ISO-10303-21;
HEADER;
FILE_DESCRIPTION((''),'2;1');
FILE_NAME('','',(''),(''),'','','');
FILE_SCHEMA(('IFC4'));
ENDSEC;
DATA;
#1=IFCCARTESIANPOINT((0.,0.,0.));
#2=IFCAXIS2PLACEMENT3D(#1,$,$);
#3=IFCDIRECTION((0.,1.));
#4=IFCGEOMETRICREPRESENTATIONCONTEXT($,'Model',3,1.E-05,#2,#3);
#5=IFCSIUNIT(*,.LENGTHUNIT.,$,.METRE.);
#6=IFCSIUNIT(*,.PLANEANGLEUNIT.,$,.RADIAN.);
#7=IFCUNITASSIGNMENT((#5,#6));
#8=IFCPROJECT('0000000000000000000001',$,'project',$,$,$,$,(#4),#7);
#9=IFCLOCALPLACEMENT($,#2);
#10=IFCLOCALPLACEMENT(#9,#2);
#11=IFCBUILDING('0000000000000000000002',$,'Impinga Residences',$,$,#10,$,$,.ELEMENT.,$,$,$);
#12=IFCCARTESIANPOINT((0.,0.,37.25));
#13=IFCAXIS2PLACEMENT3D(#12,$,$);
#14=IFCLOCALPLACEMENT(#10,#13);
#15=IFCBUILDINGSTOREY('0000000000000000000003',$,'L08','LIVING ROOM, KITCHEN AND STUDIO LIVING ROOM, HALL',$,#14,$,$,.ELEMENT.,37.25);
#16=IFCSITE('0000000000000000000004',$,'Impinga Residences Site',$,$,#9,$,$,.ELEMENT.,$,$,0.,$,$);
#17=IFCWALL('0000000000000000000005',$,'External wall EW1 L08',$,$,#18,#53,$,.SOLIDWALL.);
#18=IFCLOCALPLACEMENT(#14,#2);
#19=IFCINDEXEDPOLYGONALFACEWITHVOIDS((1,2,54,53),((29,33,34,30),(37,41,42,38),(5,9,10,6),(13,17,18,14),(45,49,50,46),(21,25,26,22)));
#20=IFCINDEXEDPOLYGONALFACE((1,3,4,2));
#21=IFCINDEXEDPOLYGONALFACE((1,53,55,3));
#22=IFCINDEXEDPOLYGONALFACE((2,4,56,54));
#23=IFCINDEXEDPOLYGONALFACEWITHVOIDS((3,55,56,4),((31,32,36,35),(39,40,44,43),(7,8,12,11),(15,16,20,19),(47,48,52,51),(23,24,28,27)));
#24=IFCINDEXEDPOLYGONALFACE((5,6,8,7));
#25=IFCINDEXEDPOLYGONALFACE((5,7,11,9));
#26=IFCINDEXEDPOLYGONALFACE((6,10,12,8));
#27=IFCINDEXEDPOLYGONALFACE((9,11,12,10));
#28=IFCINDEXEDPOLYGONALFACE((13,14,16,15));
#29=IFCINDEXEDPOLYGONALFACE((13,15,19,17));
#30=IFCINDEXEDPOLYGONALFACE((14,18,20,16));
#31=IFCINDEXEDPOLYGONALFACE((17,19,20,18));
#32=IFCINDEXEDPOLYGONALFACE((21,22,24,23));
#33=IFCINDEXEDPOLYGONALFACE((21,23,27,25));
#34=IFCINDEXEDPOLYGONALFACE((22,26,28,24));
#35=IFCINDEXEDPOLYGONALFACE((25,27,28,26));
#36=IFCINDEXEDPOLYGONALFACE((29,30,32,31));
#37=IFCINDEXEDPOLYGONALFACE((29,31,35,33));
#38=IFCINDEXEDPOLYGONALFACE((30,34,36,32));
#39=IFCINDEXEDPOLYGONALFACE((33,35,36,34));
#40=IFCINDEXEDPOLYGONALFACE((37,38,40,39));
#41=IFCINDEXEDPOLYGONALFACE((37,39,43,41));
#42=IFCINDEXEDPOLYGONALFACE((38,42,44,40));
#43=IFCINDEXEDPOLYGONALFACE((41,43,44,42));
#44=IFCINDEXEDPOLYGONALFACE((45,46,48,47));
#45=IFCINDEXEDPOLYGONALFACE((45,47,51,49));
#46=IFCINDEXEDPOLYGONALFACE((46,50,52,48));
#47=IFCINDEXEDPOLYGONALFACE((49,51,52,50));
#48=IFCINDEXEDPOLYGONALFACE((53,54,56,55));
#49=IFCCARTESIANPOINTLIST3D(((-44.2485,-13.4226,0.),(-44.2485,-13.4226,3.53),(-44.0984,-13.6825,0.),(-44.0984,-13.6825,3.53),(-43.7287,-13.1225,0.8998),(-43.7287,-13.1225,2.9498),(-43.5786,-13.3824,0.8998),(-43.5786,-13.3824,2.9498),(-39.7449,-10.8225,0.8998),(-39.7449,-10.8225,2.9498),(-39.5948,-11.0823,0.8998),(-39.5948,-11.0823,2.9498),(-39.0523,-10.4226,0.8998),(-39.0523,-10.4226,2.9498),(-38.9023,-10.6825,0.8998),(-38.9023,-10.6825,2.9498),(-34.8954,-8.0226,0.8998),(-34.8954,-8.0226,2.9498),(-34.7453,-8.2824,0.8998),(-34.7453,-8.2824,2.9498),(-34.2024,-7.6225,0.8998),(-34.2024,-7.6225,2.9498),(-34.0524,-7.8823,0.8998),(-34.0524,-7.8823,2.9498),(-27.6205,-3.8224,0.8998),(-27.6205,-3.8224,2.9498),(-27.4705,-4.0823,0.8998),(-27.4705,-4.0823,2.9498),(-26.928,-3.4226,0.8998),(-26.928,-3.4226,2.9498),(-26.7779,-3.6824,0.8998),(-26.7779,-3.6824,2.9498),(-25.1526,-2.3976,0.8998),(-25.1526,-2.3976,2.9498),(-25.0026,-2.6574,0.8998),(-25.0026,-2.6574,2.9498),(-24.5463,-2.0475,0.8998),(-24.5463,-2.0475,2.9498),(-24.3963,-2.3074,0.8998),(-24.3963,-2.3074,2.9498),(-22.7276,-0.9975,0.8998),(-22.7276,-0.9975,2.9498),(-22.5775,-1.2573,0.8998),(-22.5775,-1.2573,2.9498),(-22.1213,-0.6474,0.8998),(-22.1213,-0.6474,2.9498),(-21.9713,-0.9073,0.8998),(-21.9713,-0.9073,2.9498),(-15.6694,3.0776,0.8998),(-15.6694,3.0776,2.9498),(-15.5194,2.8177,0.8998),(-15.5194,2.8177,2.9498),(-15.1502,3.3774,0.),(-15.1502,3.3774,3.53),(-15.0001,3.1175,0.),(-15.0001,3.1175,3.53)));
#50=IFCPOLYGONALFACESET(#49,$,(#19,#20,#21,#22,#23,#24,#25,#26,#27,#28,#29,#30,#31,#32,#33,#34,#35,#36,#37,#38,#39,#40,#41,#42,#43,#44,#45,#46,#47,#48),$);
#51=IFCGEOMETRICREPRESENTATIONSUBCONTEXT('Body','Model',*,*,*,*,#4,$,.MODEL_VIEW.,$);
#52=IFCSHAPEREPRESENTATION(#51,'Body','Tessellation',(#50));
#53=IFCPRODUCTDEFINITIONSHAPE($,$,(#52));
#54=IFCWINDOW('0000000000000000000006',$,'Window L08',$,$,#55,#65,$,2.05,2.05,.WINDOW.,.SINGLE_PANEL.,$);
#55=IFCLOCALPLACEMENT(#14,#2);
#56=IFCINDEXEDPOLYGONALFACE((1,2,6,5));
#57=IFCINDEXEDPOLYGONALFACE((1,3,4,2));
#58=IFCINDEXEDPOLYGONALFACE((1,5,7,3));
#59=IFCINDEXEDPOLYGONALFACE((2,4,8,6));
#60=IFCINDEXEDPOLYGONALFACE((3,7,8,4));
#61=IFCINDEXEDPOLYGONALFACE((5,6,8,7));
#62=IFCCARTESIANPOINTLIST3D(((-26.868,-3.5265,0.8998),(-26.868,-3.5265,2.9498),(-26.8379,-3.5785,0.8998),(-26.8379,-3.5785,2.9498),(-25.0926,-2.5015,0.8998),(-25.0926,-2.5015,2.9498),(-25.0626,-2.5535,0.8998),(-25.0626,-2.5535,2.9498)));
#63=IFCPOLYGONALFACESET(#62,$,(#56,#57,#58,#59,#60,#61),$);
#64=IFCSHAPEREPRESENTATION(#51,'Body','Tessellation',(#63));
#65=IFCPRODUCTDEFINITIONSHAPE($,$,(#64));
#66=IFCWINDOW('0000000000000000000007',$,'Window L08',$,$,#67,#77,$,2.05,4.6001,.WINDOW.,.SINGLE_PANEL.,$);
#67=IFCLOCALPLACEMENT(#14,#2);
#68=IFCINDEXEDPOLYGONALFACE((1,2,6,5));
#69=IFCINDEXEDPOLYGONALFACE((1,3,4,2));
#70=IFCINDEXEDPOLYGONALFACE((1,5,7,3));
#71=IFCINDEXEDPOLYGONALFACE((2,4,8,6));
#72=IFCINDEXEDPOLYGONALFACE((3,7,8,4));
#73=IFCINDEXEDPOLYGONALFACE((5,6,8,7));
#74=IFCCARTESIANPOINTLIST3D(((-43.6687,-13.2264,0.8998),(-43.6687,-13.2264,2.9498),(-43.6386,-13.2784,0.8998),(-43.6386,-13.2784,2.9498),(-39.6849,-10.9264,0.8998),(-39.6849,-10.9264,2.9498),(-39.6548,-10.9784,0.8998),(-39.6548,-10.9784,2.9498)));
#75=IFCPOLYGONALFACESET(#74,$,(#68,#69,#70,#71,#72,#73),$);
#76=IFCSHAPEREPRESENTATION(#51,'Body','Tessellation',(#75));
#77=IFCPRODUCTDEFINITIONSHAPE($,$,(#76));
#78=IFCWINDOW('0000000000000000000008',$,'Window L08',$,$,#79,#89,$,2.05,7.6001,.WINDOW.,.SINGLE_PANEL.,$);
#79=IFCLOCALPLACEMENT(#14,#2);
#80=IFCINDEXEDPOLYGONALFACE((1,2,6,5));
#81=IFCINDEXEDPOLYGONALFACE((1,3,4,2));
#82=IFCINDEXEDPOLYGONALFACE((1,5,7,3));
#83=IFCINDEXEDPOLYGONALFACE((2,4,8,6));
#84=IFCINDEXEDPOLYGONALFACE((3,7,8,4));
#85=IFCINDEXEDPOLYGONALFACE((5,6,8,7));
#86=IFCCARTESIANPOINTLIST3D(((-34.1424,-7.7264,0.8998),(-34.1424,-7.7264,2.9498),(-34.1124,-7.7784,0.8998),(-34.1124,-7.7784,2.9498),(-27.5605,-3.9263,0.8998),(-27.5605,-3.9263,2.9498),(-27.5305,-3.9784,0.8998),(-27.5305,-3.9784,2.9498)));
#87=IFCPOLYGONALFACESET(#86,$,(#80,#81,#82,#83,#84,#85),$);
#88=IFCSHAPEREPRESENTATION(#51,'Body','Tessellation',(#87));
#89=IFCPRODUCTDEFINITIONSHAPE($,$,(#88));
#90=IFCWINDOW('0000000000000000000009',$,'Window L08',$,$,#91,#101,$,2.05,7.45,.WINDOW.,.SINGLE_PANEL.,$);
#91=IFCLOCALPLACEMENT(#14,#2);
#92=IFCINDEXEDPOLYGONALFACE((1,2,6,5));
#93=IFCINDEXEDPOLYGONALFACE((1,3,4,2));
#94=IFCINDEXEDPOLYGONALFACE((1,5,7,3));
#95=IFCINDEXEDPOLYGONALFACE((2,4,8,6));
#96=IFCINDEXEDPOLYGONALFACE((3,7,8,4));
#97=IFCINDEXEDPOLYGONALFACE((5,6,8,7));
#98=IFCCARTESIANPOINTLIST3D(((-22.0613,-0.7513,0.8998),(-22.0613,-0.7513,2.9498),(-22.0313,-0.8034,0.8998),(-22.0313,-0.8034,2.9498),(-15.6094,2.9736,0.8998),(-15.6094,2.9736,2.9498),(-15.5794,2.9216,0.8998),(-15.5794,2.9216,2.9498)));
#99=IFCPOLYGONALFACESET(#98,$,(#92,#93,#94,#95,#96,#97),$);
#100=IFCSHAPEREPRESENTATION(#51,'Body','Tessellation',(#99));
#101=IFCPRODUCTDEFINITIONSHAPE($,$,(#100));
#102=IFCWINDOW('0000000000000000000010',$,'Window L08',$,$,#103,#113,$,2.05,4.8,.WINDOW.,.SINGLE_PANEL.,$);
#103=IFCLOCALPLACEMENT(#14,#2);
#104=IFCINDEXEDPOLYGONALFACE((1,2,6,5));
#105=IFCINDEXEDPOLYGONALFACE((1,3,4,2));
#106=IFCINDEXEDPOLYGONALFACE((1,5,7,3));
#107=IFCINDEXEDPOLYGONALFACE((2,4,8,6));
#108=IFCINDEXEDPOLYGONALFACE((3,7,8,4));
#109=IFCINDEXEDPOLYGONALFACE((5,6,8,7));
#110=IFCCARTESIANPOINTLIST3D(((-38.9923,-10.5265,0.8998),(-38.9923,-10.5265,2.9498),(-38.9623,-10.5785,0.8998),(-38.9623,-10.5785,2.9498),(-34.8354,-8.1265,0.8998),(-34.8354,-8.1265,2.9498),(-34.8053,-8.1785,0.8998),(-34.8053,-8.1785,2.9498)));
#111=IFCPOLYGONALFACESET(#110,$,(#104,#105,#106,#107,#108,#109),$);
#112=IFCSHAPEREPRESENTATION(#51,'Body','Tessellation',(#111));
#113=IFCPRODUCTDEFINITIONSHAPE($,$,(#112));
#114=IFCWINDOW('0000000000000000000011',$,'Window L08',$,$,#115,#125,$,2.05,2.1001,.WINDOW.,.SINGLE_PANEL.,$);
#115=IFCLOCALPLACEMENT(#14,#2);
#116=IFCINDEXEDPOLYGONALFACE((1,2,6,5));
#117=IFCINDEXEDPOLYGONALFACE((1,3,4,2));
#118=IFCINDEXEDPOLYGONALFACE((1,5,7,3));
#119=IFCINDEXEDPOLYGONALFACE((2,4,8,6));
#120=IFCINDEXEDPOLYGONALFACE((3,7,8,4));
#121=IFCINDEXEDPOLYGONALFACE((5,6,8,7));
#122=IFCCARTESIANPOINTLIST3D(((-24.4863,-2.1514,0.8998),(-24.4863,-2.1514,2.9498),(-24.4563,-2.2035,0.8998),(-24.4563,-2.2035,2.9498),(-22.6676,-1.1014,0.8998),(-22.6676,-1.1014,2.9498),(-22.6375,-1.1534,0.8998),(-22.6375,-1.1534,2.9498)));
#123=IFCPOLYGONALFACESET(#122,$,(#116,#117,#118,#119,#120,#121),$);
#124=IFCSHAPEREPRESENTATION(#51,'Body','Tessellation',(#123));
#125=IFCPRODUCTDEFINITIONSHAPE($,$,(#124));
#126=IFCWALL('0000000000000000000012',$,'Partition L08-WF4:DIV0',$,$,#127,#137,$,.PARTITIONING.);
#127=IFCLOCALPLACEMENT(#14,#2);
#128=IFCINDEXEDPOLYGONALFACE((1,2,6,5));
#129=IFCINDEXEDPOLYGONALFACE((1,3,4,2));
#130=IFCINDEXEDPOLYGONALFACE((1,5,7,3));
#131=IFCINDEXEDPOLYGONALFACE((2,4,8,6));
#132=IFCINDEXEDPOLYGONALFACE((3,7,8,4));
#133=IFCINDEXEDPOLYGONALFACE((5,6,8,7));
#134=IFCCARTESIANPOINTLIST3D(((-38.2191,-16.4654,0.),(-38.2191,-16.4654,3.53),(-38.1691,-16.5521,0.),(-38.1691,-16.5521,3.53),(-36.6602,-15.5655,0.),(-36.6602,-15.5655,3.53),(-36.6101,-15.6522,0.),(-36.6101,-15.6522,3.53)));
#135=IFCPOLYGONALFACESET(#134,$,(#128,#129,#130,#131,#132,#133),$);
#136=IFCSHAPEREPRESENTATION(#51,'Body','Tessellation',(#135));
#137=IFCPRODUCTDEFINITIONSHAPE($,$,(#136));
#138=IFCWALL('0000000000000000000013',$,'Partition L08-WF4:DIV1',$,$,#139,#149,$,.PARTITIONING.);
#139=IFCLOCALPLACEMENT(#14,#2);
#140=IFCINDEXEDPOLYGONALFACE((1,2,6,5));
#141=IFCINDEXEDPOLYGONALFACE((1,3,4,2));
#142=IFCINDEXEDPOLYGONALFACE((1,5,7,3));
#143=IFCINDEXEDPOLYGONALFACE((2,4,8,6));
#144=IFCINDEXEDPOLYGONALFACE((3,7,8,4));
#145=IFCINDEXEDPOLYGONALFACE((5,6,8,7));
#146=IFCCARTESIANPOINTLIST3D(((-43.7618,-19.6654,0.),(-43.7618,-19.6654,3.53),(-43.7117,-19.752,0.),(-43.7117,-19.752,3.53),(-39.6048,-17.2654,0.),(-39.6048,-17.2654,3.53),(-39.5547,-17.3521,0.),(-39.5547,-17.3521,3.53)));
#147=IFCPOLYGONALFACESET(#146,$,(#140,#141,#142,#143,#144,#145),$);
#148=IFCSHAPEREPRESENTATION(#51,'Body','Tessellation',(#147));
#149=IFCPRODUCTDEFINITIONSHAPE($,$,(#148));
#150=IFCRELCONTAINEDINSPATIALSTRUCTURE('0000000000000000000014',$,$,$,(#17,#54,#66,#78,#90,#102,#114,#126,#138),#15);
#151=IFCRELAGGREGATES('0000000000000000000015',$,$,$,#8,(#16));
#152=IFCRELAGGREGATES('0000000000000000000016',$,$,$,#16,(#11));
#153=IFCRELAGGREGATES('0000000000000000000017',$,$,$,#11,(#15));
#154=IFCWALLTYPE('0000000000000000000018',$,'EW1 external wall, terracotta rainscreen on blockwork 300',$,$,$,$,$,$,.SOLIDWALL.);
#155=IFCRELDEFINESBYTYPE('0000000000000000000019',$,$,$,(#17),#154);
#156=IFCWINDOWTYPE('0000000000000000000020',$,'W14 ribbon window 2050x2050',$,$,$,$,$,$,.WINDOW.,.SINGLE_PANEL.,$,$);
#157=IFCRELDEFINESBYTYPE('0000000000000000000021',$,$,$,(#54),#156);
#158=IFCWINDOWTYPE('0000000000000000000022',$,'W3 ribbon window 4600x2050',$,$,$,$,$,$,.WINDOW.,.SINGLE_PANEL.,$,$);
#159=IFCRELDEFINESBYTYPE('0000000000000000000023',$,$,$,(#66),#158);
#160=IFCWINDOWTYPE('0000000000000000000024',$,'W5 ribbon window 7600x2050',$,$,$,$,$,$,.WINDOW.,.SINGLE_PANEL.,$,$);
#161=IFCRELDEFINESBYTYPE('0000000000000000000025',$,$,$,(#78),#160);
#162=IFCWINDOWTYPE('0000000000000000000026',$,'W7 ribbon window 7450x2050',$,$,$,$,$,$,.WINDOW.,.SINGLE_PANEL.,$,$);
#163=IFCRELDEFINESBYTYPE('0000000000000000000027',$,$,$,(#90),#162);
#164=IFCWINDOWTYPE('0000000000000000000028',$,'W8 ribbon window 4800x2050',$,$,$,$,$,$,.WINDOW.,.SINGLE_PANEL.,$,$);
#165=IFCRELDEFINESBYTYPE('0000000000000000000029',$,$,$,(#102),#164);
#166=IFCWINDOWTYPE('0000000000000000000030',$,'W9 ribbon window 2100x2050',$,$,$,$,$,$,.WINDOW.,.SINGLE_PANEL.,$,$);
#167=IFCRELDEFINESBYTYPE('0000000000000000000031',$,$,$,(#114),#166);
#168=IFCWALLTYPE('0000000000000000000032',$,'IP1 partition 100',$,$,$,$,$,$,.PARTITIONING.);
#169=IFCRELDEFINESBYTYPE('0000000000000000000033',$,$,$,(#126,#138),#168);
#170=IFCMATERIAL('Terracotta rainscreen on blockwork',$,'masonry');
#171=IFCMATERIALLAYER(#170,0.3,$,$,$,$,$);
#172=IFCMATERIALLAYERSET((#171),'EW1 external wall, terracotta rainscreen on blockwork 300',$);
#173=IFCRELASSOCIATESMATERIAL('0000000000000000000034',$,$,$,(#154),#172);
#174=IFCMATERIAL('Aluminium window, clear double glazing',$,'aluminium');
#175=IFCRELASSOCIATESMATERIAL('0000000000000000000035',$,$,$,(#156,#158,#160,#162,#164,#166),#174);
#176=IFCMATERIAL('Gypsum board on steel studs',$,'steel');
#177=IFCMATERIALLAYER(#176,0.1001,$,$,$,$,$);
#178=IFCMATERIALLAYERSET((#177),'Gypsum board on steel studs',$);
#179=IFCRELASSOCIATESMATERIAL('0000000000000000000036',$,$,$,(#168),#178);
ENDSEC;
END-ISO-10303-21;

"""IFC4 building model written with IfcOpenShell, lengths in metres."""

from ifc_helpers import new_model, si_unit, direction, frame, frame_2d, origin, place, context, subcontext, project, spatial, rectangle, extrude, material, layer, layer_set, type_object, element, fill, save


model = new_model("IFC4")

# Units and contexts
model_context = context("Model", 3, precision=1e-05, world=origin(), true_north=direction((0.0, 1.0)))
body_context = subcontext(model_context, "Body", "Model", "MODEL_VIEW")
ifc_project = project(units=[si_unit("LENGTHUNIT", "METRE"), si_unit("PLANEANGLEUNIT", "RADIAN")], contexts=[model_context])

# Site, building, storey
site_placement = place(None, origin())
site = spatial("IfcSite", under=ifc_project, at=site_placement, Name="Impinga Residences Site", CompositionType="ELEMENT", RefElevation=0.0)
building_placement = place(site_placement, origin())
building = spatial("IfcBuilding", under=site, at=building_placement, Name="Impinga Residences", CompositionType="ELEMENT")
storey_placement = place(building_placement, frame((0.0, 0.0, 37.25)))
storey = spatial("IfcBuildingStorey", under=building, at=storey_placement, Name="L08", Description="LIVING ROOM, KITCHEN AND STUDIO LIVING ROOM, HALL", CompositionType="ELEMENT", Elevation=37.25)

# Shared definitions
ifc_material_1 = material(Name="Terracotta rainscreen on blockwork", Category="masonry")
ifc_layer_1 = layer(ifc_material_1, 0.3)
ifc_layer_set_1 = layer_set([ifc_layer_1], Name="EW1 external wall, terracotta rainscreen on blockwork 300")
wall_type_1 = type_object("IfcWallType", Name="EW1 external wall, terracotta rainscreen on blockwork 300", PredefinedType="SOLIDWALL", material=ifc_layer_set_1)

# Wall, openings, windows
wall_1_placement = place(storey_placement, frame((-44.1733, -13.5525, 0.0), z_axis=(0.0, 0.0, 1.0), x_axis=(0.866024, 0.500002, 0.0)))
wall_1 = element("IfcWall", 1, at=wall_1_placement, inside=storey, type_object=wall_type_1, Name="External wall EW1 L08", PredefinedType="SOLIDWALL", context=body_context, shape_type="SweptSolid", body=[
    extrude(rectangle(XDim=33.5999, YDim=0.3, at=frame_2d((16.7998, 0.0))), origin(), (0.0, 0.0, 1.0), 3.53),
])
opening_1_placement = place(wall_1_placement, frame((0.6001, 0.0, 0.8999)))
opening_1 = element("IfcOpeningElement", 2, at=opening_1_placement, cuts=wall_1, PredefinedType="OPENING", context=body_context, shape_type="SweptSolid", body=[
    extrude(rectangle(XDim=4.6001, YDim=2.05, at=frame_2d((2.3, 1.0249))), frame((0.0, 0.1599, 0.0), z_axis=(0.0, -1.0, 0.0), x_axis=(1.0, 0.0, 0.0)), (0.0, 0.0, 1.0), 0.3201),
])
opening_2_placement = place(wall_1_placement, frame((6.0, 0.0, 0.8999)))
opening_2 = element("IfcOpeningElement", 3, at=opening_2_placement, cuts=wall_1, PredefinedType="OPENING", context=body_context, shape_type="SweptSolid", body=[
    extrude(rectangle(XDim=4.8, YDim=2.05, at=frame_2d((2.3999, 1.0249))), frame((0.0, 0.1599, 0.0), z_axis=(0.0, -1.0, 0.0), x_axis=(1.0, 0.0, 0.0)), (0.0, 0.0, 1.0), 0.3201),
])
opening_3_placement = place(wall_1_placement, frame((11.6001, 0.0, 0.8999)))
opening_3 = element("IfcOpeningElement", 4, at=opening_3_placement, cuts=wall_1, PredefinedType="OPENING", context=body_context, shape_type="SweptSolid", body=[
    extrude(rectangle(XDim=7.6001, YDim=2.05, at=frame_2d((3.8, 1.0249))), frame((0.0, 0.1599, 0.0), z_axis=(0.0, -1.0, 0.0), x_axis=(1.0, 0.0, 0.0)), (0.0, 0.0, 1.0), 0.3201),
])
opening_4_placement = place(wall_1_placement, frame((20.0, 0.0, 0.8999)))
opening_4 = element("IfcOpeningElement", 5, at=opening_4_placement, cuts=wall_1, PredefinedType="OPENING", context=body_context, shape_type="SweptSolid", body=[
    extrude(rectangle(XDim=2.05, YDim=2.05, at=frame_2d((1.0249, 1.0249))), frame((0.0, 0.1599, 0.0), z_axis=(0.0, -1.0, 0.0), x_axis=(1.0, 0.0, 0.0)), (0.0, 0.0, 1.0), 0.3201),
])
opening_5_placement = place(wall_1_placement, frame((22.75, 0.0, 0.8999)))
opening_5 = element("IfcOpeningElement", 6, at=opening_5_placement, cuts=wall_1, PredefinedType="OPENING", context=body_context, shape_type="SweptSolid", body=[
    extrude(rectangle(XDim=2.1001, YDim=2.05, at=frame_2d((1.05, 1.0249))), frame((0.0, 0.1599, 0.0), z_axis=(0.0, -1.0, 0.0), x_axis=(1.0, 0.0, 0.0)), (0.0, 0.0, 1.0), 0.3201),
])
opening_6_placement = place(wall_1_placement, frame((25.55, 0.0, 0.8999)))
opening_6 = element("IfcOpeningElement", 7, at=opening_6_placement, cuts=wall_1, PredefinedType="OPENING", context=body_context, shape_type="SweptSolid", body=[
    extrude(rectangle(XDim=7.45, YDim=2.05, at=frame_2d((3.7251, 1.0249))), frame((0.0, 0.1599, 0.0), z_axis=(0.0, -1.0, 0.0), x_axis=(1.0, 0.0, 0.0)), (0.0, 0.0, 1.0), 0.3201),
])
ifc_material_2 = material(Name="Aluminium window, clear double glazing", Category="aluminium")
window_type_1 = type_object("IfcWindowType", Name="W14 ribbon window 2050x2050", PartitioningType="SINGLE_PANEL", PredefinedType="WINDOW", material=ifc_material_2)
window_1_placement = place(opening_4_placement, origin())
window_1 = element("IfcWindow", 8, at=window_1_placement, inside=storey, type_object=window_type_1, Name="Window L08", OverallHeight=2.05, OverallWidth=2.05, PartitioningType="SINGLE_PANEL", PredefinedType="WINDOW", context=body_context, shape_type="SweptSolid", body=[
    extrude(rectangle(XDim=2.05, YDim=2.05, at=frame_2d((1.0249, 1.0249))), frame((0.0, 0.03, 0.0), z_axis=(0.0, -1.0, 0.0), x_axis=(1.0, 0.0, 0.0)), (0.0, 0.0, 1.0), 0.0601),
])
fill(opening_4, window_1)
window_type_2 = type_object("IfcWindowType", Name="W3 ribbon window 4600x2050", PartitioningType="SINGLE_PANEL", PredefinedType="WINDOW", material=ifc_material_2)
window_2_placement = place(opening_1_placement, origin())
window_2 = element("IfcWindow", 9, at=window_2_placement, inside=storey, type_object=window_type_2, Name="Window L08", OverallHeight=2.05, OverallWidth=4.6001, PartitioningType="SINGLE_PANEL", PredefinedType="WINDOW", context=body_context, shape_type="SweptSolid", body=[
    extrude(rectangle(XDim=4.6001, YDim=2.05, at=frame_2d((2.3, 1.0249))), frame((0.0, 0.03, 0.0), z_axis=(0.0, -1.0, 0.0), x_axis=(1.0, 0.0, 0.0)), (0.0, 0.0, 1.0), 0.0601),
])
fill(opening_1, window_2)
window_type_3 = type_object("IfcWindowType", Name="W5 ribbon window 7600x2050", PartitioningType="SINGLE_PANEL", PredefinedType="WINDOW", material=ifc_material_2)
window_3_placement = place(opening_3_placement, origin())
window_3 = element("IfcWindow", 10, at=window_3_placement, inside=storey, type_object=window_type_3, Name="Window L08", OverallHeight=2.05, OverallWidth=7.6001, PartitioningType="SINGLE_PANEL", PredefinedType="WINDOW", context=body_context, shape_type="SweptSolid", body=[
    extrude(rectangle(XDim=7.6001, YDim=2.05, at=frame_2d((3.8, 1.0249))), frame((0.0, 0.03, 0.0), z_axis=(0.0, -1.0, 0.0), x_axis=(1.0, 0.0, 0.0)), (0.0, 0.0, 1.0), 0.0601),
])
fill(opening_3, window_3)
window_type_4 = type_object("IfcWindowType", Name="W7 ribbon window 7450x2050", PartitioningType="SINGLE_PANEL", PredefinedType="WINDOW", material=ifc_material_2)
window_4_placement = place(opening_6_placement, origin())
window_4 = element("IfcWindow", 11, at=window_4_placement, inside=storey, type_object=window_type_4, Name="Window L08", OverallHeight=2.05, OverallWidth=7.45, PartitioningType="SINGLE_PANEL", PredefinedType="WINDOW", context=body_context, shape_type="SweptSolid", body=[
    extrude(rectangle(XDim=7.45, YDim=2.05, at=frame_2d((3.7251, 1.0249))), frame((0.0, 0.03, 0.0), z_axis=(0.0, -1.0, 0.0), x_axis=(1.0, 0.0, 0.0)), (0.0, 0.0, 1.0), 0.0601),
])
fill(opening_6, window_4)
window_type_5 = type_object("IfcWindowType", Name="W8 ribbon window 4800x2050", PartitioningType="SINGLE_PANEL", PredefinedType="WINDOW", material=ifc_material_2)
window_5_placement = place(opening_2_placement, origin())
window_5 = element("IfcWindow", 12, at=window_5_placement, inside=storey, type_object=window_type_5, Name="Window L08", OverallHeight=2.05, OverallWidth=4.8, PartitioningType="SINGLE_PANEL", PredefinedType="WINDOW", context=body_context, shape_type="SweptSolid", body=[
    extrude(rectangle(XDim=4.8, YDim=2.05, at=frame_2d((2.3999, 1.0249))), frame((0.0, 0.03, 0.0), z_axis=(0.0, -1.0, 0.0), x_axis=(1.0, 0.0, 0.0)), (0.0, 0.0, 1.0), 0.0601),
])
fill(opening_2, window_5)
window_type_6 = type_object("IfcWindowType", Name="W9 ribbon window 2100x2050", PartitioningType="SINGLE_PANEL", PredefinedType="WINDOW", material=ifc_material_2)
window_6_placement = place(opening_5_placement, origin())
window_6 = element("IfcWindow", 13, at=window_6_placement, inside=storey, type_object=window_type_6, Name="Window L08", OverallHeight=2.05, OverallWidth=2.1001, PartitioningType="SINGLE_PANEL", PredefinedType="WINDOW", context=body_context, shape_type="SweptSolid", body=[
    extrude(rectangle(XDim=2.1001, YDim=2.05, at=frame_2d((1.05, 1.0249))), frame((0.0, 0.03, 0.0), z_axis=(0.0, -1.0, 0.0), x_axis=(1.0, 0.0, 0.0)), (0.0, 0.0, 1.0), 0.0601),
])
fill(opening_5, window_6)

# Walls
ifc_material_3 = material(Name="Gypsum board on steel studs", Category="steel")
ifc_layer_2 = layer(ifc_material_3, 0.1001)
ifc_layer_set_2 = layer_set([ifc_layer_2], Name="Gypsum board on steel studs")
wall_type_2 = type_object("IfcWallType", Name="IP1 partition 100", PredefinedType="PARTITIONING", material=ifc_layer_set_2)
wall_2_placement = place(storey_placement, frame((-36.6353, -15.6089, 0.0), z_axis=(0.0, 0.0, 1.0), x_axis=(-0.866048, -0.499961, 0.0)))
element("IfcWall", 14, at=wall_2_placement, inside=storey, type_object=wall_type_2, Name="Partition L08-WF4:DIV0", PredefinedType="PARTITIONING", context=body_context, shape_type="SweptSolid", body=[
    extrude(rectangle(XDim=1.8, YDim=0.1001, at=frame_2d((0.8999, 0.0))), origin(), (0.0, 0.0, 1.0), 3.53),
])
wall_3_placement = place(storey_placement, frame((-39.5798, -17.3088, 0.0), z_axis=(0.0, 0.0, 1.0), x_axis=(-0.866037, -0.499979, 0.0)))
element("IfcWall", 15, at=wall_3_placement, inside=storey, type_object=wall_type_2, Name="Partition L08-WF4:DIV1", PredefinedType="PARTITIONING", context=body_context, shape_type="SweptSolid", body=[
    extrude(rectangle(XDim=4.8, YDim=0.1001, at=frame_2d((2.3999, 0.0))), origin(), (0.0, 0.0, 1.0), 3.53),
])

save(model, "model.ifc")
